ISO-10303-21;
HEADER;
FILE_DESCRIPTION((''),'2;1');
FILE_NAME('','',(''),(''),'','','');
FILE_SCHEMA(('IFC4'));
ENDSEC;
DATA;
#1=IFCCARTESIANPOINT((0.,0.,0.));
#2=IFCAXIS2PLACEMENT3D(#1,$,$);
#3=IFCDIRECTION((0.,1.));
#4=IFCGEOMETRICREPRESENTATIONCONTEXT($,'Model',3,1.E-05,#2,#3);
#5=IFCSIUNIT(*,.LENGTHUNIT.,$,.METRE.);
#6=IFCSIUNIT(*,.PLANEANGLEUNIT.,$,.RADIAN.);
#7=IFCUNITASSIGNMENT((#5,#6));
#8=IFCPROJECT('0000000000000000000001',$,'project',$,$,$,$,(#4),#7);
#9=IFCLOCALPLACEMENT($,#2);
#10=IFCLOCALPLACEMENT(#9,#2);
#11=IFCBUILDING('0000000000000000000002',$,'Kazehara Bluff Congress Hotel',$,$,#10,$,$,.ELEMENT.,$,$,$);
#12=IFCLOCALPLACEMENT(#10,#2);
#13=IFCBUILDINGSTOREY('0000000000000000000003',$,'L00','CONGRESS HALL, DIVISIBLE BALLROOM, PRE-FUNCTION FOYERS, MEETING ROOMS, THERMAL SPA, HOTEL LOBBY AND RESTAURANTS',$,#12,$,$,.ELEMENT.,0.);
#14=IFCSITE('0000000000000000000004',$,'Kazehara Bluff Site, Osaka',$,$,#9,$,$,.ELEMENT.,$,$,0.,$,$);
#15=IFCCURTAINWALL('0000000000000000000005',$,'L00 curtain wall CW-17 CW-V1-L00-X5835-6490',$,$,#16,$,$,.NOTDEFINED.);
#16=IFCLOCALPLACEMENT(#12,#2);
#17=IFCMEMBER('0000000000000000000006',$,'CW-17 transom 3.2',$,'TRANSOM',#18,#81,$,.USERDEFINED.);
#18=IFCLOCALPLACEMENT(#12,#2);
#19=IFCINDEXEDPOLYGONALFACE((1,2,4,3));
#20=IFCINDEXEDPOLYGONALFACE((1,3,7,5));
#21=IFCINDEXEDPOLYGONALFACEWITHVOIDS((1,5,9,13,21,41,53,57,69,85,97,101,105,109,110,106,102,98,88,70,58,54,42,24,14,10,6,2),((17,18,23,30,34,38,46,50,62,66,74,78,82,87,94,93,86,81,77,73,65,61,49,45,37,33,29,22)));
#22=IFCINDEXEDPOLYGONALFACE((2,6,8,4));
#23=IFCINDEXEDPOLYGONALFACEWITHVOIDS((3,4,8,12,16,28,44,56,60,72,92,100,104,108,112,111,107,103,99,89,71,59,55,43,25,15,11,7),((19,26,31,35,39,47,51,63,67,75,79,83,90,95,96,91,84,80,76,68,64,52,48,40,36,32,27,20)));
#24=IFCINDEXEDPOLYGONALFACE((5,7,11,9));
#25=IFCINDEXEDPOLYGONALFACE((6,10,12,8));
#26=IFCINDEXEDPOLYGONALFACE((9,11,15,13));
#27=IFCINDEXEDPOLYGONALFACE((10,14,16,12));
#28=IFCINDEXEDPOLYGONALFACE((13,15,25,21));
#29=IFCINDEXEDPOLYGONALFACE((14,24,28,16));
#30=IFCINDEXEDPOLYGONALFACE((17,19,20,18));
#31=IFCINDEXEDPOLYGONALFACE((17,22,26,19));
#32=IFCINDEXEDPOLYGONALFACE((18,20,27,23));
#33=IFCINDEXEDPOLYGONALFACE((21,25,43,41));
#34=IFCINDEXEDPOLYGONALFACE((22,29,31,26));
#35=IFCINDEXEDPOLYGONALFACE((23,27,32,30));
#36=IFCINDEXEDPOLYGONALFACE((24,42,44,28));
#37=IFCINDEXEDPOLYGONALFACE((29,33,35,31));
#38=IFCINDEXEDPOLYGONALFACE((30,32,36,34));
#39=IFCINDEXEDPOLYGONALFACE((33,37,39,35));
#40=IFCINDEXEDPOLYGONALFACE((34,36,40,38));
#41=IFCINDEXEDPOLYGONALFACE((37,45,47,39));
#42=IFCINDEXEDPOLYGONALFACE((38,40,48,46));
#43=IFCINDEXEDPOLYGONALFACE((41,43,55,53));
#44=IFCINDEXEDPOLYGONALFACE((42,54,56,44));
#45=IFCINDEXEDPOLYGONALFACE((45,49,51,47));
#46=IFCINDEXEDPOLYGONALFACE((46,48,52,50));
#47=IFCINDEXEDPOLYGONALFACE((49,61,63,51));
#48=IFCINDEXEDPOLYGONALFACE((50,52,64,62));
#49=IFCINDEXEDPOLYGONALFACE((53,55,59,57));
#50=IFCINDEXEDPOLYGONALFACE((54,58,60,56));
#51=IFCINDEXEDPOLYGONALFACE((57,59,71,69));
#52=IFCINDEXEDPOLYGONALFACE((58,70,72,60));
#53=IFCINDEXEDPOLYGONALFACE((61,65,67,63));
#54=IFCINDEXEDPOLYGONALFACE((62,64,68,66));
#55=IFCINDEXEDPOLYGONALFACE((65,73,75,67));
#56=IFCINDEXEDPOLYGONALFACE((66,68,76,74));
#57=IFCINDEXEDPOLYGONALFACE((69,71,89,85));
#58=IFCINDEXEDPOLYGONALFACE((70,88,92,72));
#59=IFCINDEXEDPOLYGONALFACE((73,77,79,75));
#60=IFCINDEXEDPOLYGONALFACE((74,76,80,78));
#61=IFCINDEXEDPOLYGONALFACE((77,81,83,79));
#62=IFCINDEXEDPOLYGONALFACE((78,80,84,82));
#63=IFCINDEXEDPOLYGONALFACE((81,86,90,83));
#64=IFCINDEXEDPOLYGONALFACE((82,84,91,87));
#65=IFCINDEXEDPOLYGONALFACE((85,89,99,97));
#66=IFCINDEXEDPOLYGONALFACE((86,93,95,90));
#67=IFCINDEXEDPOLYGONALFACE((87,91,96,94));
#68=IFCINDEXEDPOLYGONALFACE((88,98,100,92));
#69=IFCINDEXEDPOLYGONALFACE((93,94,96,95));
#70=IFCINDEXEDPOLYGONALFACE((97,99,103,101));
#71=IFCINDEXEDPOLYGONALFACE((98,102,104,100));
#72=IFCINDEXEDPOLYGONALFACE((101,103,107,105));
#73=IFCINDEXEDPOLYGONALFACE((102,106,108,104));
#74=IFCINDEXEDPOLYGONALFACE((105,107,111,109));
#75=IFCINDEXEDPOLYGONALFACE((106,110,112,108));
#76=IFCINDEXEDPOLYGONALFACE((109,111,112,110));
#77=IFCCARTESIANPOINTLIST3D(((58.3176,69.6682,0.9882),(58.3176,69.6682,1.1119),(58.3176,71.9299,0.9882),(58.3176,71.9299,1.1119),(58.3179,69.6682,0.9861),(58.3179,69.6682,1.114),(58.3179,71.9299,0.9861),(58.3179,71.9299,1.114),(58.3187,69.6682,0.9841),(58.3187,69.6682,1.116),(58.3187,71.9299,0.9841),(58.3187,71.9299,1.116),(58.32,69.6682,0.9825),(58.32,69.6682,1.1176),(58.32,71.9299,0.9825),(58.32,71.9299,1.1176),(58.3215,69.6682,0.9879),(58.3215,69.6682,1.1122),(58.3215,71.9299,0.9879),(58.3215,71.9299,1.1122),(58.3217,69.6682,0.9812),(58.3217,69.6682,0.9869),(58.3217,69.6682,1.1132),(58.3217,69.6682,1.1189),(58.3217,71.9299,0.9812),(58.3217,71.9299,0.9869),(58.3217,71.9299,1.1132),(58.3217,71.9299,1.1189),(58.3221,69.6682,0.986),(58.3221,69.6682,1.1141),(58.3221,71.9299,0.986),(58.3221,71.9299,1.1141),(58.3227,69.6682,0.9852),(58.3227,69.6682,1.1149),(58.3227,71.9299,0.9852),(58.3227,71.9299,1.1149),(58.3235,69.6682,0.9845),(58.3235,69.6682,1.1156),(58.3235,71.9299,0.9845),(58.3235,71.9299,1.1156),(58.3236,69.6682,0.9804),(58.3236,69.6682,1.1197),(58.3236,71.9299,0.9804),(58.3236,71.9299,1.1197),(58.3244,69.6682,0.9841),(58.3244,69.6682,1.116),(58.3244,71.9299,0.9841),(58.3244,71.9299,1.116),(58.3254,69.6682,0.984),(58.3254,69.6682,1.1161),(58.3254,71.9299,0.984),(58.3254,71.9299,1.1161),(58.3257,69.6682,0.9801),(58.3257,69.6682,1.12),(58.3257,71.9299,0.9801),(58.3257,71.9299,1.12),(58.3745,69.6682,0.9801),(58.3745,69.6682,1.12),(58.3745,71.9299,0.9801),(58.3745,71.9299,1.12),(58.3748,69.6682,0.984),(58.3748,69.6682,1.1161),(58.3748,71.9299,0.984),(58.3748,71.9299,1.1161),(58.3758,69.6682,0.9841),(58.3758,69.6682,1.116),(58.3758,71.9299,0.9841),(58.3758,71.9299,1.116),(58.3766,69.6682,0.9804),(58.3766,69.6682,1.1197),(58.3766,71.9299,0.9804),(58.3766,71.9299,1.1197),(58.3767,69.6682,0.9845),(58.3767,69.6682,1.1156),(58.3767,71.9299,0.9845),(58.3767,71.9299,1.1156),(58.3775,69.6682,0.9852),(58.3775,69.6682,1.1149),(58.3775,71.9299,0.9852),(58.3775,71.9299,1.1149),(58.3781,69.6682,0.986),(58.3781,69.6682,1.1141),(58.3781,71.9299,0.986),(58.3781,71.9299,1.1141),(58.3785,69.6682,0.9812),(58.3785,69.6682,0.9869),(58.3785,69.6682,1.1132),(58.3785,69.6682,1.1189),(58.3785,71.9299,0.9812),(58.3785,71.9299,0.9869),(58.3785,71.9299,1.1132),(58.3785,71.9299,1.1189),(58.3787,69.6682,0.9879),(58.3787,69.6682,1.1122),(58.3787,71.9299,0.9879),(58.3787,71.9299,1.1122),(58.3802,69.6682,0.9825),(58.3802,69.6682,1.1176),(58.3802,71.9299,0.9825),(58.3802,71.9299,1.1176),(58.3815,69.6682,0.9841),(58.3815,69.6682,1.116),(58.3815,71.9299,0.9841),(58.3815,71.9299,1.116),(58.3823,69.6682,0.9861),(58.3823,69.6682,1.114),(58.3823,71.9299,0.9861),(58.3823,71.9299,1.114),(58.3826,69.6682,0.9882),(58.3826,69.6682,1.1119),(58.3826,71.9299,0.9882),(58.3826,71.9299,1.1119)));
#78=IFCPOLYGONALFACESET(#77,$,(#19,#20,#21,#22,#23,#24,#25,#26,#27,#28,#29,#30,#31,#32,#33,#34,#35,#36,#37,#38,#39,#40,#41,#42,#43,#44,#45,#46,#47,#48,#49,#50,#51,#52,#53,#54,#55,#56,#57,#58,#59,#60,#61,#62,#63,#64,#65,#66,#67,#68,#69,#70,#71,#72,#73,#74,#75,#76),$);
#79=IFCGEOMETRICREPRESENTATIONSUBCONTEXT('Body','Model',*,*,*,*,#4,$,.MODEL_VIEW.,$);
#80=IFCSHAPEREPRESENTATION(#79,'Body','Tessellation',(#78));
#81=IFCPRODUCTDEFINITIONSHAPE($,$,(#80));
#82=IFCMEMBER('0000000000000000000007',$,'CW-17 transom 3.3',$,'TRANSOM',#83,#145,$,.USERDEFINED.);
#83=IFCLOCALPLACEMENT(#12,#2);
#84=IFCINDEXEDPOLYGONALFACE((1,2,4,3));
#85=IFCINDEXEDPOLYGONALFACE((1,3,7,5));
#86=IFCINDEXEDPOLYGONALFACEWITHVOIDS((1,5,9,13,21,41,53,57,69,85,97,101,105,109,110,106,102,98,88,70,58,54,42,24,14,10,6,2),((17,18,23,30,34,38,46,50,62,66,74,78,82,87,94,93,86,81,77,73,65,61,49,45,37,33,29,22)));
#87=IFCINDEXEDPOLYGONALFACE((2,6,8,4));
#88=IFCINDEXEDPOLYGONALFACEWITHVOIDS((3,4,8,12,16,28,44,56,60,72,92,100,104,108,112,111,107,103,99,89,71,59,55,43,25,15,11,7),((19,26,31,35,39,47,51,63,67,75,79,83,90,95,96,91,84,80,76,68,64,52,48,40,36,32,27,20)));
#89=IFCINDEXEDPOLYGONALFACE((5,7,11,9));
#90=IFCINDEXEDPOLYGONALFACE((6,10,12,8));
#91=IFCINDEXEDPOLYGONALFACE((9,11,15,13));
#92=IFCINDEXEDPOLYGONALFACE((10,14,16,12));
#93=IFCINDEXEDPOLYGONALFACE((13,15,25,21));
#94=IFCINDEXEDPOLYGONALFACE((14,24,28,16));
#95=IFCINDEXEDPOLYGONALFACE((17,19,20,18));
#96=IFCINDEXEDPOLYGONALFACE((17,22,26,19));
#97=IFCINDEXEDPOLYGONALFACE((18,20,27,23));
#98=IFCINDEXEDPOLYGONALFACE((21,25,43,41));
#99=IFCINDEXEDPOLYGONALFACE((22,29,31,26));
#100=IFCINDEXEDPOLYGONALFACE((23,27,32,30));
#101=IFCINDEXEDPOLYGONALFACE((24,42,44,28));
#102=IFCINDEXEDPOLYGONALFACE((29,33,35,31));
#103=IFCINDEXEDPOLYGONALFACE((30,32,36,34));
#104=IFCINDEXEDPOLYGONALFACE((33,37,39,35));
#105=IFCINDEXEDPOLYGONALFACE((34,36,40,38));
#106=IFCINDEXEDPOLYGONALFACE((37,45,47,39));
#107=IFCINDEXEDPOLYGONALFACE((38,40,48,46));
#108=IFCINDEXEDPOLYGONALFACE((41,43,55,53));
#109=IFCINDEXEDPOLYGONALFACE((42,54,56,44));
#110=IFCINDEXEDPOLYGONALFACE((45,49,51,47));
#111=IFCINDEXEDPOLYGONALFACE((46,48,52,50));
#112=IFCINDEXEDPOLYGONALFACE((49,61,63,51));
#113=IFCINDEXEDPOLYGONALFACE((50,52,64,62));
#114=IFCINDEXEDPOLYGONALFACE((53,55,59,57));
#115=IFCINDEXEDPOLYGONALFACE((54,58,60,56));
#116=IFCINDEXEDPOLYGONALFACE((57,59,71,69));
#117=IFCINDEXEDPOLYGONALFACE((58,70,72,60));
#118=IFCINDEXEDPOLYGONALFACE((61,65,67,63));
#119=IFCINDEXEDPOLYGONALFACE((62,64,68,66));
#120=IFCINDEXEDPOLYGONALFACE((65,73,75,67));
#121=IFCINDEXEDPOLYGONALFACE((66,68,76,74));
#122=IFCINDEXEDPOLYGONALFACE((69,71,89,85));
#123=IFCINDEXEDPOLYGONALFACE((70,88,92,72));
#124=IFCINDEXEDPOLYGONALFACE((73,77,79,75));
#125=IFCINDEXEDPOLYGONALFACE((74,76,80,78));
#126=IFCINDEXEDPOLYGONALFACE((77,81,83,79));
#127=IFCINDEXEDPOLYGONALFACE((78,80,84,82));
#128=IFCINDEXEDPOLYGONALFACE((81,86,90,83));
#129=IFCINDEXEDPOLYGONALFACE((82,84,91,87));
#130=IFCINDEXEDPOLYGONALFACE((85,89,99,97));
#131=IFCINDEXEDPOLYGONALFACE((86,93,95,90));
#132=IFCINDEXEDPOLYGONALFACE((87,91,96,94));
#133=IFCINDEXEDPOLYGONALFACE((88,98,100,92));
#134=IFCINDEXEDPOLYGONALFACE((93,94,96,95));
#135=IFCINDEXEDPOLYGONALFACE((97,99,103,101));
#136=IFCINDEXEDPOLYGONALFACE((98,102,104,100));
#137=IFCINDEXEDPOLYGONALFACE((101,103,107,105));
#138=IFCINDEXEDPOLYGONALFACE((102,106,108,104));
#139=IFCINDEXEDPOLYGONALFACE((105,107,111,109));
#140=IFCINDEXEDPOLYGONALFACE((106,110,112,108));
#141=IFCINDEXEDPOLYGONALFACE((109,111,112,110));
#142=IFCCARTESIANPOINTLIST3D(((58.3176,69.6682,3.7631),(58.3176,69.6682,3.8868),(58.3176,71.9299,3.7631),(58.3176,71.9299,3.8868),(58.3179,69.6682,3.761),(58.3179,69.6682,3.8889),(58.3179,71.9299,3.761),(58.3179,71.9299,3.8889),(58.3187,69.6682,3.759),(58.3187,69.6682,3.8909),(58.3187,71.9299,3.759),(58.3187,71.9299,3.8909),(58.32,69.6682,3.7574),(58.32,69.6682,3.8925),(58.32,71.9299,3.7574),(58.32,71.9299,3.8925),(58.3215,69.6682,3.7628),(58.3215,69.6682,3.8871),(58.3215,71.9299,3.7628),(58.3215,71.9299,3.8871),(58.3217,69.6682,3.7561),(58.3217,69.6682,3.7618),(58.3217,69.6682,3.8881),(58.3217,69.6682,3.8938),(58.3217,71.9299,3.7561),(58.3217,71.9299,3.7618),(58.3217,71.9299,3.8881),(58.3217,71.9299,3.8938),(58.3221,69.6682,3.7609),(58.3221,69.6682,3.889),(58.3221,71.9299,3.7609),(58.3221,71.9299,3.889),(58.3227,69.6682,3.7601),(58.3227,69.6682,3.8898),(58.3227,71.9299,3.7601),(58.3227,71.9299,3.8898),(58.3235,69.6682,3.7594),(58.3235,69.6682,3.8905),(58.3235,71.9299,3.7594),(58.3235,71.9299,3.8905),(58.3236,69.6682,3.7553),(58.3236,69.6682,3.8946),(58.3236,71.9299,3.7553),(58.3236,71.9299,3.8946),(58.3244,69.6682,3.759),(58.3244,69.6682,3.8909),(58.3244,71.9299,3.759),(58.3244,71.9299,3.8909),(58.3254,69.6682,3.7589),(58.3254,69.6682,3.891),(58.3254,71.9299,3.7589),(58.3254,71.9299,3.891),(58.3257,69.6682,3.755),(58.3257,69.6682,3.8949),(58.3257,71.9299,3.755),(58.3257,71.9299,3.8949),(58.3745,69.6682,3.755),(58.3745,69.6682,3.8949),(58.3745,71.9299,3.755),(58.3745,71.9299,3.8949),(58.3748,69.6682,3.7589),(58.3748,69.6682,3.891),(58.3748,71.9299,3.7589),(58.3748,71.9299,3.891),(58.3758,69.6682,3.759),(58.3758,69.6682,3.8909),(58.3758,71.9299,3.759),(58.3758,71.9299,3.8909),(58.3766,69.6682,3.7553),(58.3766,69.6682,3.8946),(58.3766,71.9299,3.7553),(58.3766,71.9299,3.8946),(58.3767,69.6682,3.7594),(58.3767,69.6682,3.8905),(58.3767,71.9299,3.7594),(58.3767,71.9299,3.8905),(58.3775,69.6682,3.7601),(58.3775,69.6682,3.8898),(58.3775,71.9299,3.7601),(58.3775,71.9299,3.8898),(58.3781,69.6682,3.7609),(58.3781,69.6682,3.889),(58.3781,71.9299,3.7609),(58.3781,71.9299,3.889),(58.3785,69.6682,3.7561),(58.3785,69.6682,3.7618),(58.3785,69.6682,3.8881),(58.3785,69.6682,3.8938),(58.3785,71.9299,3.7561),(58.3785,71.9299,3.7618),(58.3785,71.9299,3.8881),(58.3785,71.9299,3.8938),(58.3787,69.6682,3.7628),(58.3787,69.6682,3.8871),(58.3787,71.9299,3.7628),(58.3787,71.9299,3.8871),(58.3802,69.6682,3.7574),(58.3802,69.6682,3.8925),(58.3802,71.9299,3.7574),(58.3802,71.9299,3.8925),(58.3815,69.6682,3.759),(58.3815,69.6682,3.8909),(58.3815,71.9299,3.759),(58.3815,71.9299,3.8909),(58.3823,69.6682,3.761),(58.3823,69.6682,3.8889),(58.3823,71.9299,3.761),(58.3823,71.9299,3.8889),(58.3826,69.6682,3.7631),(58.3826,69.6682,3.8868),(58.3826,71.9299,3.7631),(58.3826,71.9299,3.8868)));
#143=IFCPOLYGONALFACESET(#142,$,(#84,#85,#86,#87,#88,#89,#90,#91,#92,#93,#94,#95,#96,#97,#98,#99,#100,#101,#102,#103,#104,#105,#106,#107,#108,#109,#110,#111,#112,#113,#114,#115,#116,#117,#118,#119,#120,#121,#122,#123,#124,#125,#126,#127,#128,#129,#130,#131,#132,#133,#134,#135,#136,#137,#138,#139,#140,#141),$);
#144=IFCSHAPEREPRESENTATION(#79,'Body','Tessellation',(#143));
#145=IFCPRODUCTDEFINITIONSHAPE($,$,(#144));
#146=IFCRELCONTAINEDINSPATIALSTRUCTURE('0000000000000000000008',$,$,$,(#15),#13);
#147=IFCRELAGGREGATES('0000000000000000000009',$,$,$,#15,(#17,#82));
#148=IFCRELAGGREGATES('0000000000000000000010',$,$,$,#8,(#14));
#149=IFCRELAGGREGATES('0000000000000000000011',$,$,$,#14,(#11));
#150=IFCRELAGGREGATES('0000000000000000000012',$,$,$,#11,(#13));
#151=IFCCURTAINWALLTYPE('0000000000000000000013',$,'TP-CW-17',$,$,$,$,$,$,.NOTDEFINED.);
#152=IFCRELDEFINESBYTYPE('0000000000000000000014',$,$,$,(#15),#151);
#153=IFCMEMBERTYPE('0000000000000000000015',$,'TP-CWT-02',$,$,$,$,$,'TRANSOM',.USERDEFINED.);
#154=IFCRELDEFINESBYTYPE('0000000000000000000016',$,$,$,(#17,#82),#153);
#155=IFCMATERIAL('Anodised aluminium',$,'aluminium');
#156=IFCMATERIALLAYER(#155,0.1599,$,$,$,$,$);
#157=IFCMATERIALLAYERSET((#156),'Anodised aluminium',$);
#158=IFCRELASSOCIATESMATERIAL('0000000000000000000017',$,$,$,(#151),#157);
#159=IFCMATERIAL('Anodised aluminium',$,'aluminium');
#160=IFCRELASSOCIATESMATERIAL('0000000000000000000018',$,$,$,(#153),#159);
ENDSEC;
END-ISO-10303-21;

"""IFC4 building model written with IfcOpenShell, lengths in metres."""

from ifc_helpers import new_model, si_unit, direction, frame, origin, origin_2d, place, context, subcontext, project, spatial, hollow_rectangle, extrude, material, layer, layer_set, material_profile, profile_set, type_object, element, aggregate, save


model = new_model("IFC4")

# Units and contexts
model_context = context("Model", 3, precision=1e-05, world=origin(), true_north=direction((0.0, 1.0)))
body_context = subcontext(model_context, "Body", "Model", "MODEL_VIEW")
ifc_project = project(units=[si_unit("LENGTHUNIT", "METRE"), si_unit("PLANEANGLEUNIT", "RADIAN")], contexts=[model_context])

# Site, building, storey
site_placement = place(None, origin())
site = spatial("IfcSite", under=ifc_project, at=site_placement, Name="Kazehara Bluff Site, Osaka", CompositionType="ELEMENT", RefElevation=0.0)
building_placement = place(site_placement, origin())
building = spatial("IfcBuilding", under=site, at=building_placement, Name="Kazehara Bluff Congress Hotel", CompositionType="ELEMENT")
storey_placement = place(building_placement, origin())
storey = spatial("IfcBuildingStorey", under=building, at=storey_placement, Name="L00", Description="CONGRESS HALL, DIVISIBLE BALLROOM, PRE-FUNCTION FOYERS, MEETING ROOMS, THERMAL SPA, HOTEL LOBBY AND RESTAURANTS", CompositionType="ELEMENT", Elevation=0.0)

# Curtain wall
ifc_material_1 = material(Name="Anodised aluminium", Category="aluminium")
ifc_layer_1 = layer(ifc_material_1, 0.1599)
ifc_layer_set_1 = layer_set([ifc_layer_1], Name="Anodised aluminium")
curtain_wall_type_1 = type_object("IfcCurtainWallType", Name="TP-CW-17", PredefinedType="NOTDEFINED", material=ifc_layer_set_1)
curtain_wall_1_placement = place(storey_placement, origin())
curtain_wall_1 = element("IfcCurtainWall", 1, at=curtain_wall_1_placement, inside=storey, type_object=curtain_wall_type_1, Name="L00 curtain wall CW-17 CW-V1-L00-X5835-6490", PredefinedType="NOTDEFINED")

# Members
ifc_material_2 = material(Name="Anodised aluminium", Category="aluminium")
ifc_material_profile_1 = material_profile(ifc_material_2, hollow_rectangle(XDim=0.0649, YDim=0.1399, WallThickness=0.0039, InnerFilletRadius=0.0039, OuterFilletRadius=0.0081, at=origin_2d()))
ifc_profile_set_1 = profile_set([ifc_material_profile_1], Name="Anodised aluminium")
member_type_1 = type_object("IfcMemberType", Name="TP-CWT-02", ElementType="TRANSOM", PredefinedType="USERDEFINED", material=ifc_profile_set_1)
member_1_placement = place(storey_placement, frame((58.3501, 69.6682, 1.05), z_axis=(0.0, 1.0, 0.0), x_axis=(-1.0, 0.0, 0.0)))
member_1 = element("IfcMember", 2, at=member_1_placement, type_object=member_type_1, Name="CW-17 transom 3.2", ObjectType="TRANSOM", PredefinedType="USERDEFINED", context=body_context, shape_type="SweptSolid", body=[
    extrude(hollow_rectangle(XDim=0.0649, YDim=0.1399, WallThickness=0.0039, InnerFilletRadius=0.0039, OuterFilletRadius=0.0081, at=origin_2d()), origin(), (0.0, 0.0, 1.0), 2.2617),
])
member_2_placement = place(storey_placement, frame((58.3501, 69.6682, 3.825), z_axis=(0.0, 1.0, 0.0), x_axis=(-1.0, 0.0, 0.0)))
member_2 = element("IfcMember", 3, at=member_2_placement, type_object=member_type_1, Name="CW-17 transom 3.3", ObjectType="TRANSOM", PredefinedType="USERDEFINED", context=body_context, shape_type="SweptSolid", body=[
    extrude(hollow_rectangle(XDim=0.0649, YDim=0.1399, WallThickness=0.0039, InnerFilletRadius=0.0039, OuterFilletRadius=0.0081, at=origin_2d()), origin(), (0.0, 0.0, 1.0), 2.2617),
])

aggregate(curtain_wall_1, [member_1, member_2])

save(model, "model.ifc")
